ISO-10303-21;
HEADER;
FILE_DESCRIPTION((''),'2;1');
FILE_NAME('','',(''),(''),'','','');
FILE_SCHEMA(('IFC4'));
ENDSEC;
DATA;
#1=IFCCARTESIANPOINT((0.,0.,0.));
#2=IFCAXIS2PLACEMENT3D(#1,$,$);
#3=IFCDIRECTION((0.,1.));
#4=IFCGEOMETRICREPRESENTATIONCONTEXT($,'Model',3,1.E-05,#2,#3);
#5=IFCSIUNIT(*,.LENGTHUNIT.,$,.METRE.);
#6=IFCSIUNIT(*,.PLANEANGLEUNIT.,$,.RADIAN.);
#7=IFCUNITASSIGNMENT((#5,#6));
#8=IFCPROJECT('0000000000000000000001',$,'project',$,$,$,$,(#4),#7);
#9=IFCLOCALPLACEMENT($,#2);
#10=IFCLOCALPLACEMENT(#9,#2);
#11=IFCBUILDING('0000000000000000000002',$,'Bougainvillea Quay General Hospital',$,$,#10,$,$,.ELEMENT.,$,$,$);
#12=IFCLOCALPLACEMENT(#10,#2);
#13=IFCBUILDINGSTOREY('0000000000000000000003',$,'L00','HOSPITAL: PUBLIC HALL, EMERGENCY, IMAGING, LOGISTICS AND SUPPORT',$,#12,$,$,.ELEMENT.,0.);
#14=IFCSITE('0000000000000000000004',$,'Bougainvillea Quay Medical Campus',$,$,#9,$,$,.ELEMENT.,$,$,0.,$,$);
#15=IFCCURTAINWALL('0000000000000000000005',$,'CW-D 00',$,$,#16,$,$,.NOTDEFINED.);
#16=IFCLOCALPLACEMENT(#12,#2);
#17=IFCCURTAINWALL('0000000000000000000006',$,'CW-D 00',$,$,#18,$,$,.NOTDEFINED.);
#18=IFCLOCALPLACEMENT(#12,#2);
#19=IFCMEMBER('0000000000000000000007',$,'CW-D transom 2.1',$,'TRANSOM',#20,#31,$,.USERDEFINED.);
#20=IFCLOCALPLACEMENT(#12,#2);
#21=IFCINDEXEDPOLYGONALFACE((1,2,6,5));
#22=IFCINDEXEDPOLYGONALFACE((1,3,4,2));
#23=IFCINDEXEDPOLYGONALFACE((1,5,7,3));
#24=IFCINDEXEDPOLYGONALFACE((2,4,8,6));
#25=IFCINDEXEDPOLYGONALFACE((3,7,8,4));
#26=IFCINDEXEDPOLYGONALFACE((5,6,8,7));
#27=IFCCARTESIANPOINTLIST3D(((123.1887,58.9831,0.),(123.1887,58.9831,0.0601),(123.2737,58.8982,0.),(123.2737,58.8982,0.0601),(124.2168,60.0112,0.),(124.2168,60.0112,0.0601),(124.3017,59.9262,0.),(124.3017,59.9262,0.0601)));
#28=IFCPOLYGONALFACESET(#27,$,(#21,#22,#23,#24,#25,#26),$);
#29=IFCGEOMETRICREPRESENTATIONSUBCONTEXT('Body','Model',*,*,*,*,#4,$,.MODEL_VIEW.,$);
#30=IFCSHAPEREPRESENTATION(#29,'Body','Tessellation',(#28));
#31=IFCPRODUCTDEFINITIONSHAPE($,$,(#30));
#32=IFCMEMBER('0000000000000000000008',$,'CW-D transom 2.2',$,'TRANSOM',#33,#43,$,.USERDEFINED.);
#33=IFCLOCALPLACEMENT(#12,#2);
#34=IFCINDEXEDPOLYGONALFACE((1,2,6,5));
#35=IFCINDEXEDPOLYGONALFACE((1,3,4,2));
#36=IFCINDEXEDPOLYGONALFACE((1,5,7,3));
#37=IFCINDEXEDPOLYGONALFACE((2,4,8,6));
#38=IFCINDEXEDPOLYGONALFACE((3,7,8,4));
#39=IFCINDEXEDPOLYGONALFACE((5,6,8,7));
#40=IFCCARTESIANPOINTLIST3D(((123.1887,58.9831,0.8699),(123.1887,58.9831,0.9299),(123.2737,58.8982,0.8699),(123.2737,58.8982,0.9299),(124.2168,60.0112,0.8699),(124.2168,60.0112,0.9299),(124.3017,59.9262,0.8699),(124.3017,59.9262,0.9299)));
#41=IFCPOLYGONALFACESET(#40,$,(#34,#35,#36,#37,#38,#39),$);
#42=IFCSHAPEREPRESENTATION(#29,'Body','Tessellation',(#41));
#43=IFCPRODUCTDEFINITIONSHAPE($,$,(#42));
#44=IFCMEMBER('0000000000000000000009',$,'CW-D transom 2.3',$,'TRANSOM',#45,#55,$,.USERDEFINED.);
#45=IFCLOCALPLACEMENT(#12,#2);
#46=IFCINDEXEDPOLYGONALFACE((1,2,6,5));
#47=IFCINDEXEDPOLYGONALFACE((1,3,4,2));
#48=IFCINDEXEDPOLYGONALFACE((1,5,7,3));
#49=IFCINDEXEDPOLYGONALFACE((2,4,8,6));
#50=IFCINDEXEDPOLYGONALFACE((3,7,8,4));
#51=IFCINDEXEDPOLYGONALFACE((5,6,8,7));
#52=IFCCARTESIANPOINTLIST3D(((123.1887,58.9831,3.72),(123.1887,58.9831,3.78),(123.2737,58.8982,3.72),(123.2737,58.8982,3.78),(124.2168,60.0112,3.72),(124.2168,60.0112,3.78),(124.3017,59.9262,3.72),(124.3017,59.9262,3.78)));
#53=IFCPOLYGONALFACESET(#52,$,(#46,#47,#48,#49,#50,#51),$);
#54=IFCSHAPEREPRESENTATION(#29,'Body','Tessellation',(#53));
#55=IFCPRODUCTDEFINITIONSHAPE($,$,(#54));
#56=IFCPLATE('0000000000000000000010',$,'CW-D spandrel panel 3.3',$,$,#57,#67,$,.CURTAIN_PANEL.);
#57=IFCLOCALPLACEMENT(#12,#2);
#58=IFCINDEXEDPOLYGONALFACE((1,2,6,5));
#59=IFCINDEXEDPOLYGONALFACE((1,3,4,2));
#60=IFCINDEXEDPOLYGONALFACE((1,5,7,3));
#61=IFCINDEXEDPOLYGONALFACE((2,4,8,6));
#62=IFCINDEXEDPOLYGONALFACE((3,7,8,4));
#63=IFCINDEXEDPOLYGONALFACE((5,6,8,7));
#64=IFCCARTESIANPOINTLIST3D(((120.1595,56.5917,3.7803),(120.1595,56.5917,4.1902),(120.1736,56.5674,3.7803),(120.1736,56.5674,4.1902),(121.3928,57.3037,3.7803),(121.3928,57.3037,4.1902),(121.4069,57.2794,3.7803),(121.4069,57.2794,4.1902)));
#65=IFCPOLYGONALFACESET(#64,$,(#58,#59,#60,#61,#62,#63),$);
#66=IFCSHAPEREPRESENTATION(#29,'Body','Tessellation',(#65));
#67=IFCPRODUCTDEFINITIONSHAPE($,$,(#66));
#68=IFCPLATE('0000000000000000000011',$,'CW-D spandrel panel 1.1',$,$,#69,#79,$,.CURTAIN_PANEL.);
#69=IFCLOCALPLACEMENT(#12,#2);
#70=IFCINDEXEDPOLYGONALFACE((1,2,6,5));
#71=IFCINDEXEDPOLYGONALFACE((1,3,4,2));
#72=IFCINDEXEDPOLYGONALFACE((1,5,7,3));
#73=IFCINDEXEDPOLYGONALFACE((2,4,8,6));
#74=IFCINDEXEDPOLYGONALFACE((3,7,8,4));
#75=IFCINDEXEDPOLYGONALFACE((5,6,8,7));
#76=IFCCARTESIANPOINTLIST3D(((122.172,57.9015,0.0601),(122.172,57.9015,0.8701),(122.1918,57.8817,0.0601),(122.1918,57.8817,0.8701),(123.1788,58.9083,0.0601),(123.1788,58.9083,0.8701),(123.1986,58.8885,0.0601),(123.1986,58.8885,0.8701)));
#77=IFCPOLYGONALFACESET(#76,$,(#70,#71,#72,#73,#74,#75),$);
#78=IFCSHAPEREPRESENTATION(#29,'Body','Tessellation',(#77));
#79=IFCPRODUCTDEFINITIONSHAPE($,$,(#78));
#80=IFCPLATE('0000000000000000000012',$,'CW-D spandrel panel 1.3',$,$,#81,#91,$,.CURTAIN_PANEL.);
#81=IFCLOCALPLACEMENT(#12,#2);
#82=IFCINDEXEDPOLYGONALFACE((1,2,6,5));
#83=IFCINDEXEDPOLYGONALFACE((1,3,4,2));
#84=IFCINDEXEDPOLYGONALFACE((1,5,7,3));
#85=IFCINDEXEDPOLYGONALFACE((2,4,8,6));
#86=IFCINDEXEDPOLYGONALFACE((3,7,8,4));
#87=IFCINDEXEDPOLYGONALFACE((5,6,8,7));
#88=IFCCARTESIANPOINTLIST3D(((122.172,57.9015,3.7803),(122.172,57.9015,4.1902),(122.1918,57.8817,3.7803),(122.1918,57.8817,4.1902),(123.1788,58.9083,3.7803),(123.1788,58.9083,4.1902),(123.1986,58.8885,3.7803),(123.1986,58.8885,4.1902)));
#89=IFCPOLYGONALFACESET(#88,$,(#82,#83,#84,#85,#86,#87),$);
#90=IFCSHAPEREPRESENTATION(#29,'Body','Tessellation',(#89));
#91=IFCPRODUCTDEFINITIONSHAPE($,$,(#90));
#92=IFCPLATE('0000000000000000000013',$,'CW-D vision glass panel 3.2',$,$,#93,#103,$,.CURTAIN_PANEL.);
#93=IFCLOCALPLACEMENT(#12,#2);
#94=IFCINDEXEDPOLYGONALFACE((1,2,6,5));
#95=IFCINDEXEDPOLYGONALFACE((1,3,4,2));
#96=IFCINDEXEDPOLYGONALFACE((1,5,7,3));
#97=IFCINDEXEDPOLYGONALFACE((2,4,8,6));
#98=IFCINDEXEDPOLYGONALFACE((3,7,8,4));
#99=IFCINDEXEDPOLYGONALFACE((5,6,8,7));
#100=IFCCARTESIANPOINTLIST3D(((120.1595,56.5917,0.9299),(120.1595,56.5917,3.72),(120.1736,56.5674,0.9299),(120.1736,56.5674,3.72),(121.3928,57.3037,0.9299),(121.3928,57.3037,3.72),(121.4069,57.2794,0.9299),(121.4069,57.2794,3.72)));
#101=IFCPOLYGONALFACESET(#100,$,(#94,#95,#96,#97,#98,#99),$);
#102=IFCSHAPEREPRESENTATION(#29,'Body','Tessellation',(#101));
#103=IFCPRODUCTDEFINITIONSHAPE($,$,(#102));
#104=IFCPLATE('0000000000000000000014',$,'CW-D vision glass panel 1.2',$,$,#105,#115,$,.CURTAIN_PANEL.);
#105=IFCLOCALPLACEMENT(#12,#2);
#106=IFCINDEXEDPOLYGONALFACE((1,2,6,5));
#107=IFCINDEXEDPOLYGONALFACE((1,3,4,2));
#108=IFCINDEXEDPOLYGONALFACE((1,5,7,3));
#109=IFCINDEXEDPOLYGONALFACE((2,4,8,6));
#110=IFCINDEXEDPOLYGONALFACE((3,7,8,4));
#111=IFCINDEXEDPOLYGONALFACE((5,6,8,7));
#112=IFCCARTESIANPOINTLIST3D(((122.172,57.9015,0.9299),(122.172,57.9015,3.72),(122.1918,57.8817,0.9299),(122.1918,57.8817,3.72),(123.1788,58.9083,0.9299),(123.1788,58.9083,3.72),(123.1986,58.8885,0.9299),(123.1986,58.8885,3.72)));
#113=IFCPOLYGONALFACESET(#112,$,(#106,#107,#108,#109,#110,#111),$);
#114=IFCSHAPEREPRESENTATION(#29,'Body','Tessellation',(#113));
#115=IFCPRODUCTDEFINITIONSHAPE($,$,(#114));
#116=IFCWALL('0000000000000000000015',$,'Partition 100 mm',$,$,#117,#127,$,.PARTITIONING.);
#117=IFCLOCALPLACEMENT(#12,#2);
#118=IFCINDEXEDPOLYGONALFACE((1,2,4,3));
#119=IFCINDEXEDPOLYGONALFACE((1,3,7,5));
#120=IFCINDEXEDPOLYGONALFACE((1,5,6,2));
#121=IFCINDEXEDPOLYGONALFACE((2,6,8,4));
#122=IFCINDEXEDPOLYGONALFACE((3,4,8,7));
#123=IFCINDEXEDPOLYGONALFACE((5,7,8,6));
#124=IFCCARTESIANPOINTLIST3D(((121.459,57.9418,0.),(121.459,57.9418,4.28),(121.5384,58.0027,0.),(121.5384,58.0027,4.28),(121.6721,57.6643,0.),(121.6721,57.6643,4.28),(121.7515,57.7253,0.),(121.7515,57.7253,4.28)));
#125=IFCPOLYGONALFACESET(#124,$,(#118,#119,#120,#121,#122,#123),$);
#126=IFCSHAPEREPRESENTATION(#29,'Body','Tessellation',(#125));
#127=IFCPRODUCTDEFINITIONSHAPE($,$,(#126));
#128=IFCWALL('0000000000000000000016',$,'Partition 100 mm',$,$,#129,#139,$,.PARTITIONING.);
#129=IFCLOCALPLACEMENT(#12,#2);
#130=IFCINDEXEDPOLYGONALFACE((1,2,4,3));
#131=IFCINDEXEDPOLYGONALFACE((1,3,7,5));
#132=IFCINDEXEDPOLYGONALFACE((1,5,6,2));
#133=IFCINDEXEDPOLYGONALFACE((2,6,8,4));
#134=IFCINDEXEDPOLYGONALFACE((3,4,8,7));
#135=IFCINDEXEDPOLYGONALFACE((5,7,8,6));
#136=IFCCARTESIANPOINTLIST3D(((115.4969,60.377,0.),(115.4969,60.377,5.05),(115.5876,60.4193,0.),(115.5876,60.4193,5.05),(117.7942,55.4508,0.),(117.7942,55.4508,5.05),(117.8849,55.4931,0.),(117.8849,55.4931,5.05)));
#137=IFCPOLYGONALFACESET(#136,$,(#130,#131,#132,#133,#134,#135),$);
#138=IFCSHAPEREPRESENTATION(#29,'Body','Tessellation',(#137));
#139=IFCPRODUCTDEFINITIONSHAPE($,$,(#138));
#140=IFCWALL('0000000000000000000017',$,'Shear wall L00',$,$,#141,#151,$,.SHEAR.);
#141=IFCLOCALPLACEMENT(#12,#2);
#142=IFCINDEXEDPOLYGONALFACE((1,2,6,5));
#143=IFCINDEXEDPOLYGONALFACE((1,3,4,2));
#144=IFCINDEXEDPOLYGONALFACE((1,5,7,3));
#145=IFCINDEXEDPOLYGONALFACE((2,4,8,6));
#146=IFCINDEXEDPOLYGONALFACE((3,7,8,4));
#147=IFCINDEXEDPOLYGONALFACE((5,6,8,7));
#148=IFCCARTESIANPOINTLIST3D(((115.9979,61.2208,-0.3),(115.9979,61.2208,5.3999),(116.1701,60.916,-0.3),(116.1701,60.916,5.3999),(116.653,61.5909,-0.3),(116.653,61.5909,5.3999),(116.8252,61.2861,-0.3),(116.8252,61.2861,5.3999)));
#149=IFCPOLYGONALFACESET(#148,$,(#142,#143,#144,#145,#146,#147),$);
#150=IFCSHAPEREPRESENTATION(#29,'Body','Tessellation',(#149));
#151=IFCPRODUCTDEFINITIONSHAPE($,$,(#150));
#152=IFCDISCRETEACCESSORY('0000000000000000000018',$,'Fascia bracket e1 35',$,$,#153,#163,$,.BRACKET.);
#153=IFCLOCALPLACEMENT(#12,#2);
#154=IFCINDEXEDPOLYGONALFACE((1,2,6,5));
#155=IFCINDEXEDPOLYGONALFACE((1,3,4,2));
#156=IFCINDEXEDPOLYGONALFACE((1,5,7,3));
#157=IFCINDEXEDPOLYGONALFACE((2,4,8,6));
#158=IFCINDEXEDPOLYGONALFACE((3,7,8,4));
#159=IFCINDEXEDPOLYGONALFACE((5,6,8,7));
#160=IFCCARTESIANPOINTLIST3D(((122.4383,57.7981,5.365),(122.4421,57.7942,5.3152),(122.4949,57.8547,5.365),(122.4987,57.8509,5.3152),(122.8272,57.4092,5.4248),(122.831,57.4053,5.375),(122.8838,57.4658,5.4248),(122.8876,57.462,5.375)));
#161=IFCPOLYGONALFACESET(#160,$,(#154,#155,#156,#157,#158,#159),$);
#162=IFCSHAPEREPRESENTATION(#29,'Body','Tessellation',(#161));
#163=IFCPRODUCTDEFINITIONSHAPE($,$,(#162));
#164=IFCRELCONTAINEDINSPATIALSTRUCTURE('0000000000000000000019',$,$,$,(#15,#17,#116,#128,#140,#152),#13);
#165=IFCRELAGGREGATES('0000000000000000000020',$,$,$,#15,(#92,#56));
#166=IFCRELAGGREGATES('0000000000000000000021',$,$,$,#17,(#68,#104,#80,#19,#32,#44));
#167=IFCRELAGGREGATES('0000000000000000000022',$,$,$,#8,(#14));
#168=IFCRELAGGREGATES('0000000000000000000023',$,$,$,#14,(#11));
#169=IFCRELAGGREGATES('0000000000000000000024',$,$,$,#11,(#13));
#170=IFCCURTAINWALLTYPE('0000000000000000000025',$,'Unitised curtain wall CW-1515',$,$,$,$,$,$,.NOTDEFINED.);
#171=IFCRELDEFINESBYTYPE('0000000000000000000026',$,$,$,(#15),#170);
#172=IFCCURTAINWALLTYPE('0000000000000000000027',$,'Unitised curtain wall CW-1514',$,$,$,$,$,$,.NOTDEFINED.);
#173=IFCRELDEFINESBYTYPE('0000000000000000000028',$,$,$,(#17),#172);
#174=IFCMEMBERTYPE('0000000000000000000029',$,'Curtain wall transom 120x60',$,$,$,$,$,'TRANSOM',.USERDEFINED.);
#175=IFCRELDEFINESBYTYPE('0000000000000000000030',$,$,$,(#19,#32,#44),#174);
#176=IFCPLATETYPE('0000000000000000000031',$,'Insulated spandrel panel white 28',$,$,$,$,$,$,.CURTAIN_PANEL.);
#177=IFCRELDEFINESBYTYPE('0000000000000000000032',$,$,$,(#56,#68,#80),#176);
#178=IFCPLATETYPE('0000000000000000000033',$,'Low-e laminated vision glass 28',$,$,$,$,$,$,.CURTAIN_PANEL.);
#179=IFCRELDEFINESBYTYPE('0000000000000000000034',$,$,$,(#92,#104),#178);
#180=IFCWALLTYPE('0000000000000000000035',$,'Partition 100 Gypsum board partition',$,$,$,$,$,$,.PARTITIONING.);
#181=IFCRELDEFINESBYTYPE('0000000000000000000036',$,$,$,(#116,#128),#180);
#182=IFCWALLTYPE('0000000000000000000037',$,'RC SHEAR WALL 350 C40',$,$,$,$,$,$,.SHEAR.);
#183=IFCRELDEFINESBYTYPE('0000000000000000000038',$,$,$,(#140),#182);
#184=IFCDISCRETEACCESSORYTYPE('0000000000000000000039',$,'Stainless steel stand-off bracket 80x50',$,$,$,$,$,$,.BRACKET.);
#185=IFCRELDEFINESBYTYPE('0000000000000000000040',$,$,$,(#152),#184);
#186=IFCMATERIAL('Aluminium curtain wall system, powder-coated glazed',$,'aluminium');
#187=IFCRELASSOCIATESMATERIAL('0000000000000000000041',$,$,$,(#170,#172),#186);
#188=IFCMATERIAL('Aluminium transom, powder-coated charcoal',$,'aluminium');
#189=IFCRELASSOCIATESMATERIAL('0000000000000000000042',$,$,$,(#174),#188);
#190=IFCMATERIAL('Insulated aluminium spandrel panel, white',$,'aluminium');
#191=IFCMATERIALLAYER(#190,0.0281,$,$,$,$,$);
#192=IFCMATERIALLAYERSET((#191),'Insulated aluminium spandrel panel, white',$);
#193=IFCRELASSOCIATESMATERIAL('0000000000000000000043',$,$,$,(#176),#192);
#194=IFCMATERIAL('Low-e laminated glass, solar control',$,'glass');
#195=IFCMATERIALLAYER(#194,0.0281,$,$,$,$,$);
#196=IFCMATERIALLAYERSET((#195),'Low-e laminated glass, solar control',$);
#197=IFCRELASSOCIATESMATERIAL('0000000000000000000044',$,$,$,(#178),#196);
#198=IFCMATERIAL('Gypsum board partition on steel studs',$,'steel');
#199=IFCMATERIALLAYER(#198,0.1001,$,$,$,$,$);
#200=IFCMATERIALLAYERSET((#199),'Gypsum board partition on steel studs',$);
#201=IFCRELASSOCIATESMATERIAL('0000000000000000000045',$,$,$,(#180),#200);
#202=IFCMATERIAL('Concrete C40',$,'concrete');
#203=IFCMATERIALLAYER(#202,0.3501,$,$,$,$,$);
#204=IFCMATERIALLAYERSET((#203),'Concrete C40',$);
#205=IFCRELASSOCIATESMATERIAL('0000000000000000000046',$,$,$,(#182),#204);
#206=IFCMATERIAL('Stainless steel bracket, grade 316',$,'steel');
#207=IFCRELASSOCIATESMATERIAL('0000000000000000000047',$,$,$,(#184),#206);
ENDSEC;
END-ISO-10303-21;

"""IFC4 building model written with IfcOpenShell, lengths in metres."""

from ifc_helpers import new_model, si_unit, direction, frame, frame_2d, origin, origin_2d, place, context, subcontext, project, spatial, rectangle, extrude, material, layer, layer_set, material_profile, profile_set, type_object, element, aggregate, save


model = new_model("IFC4")

# Units and contexts
model_context = context("Model", 3, precision=1e-05, world=origin(), true_north=direction((0.0, 1.0)))
body_context = subcontext(model_context, "Body", "Model", "MODEL_VIEW")
ifc_project = project(units=[si_unit("LENGTHUNIT", "METRE"), si_unit("PLANEANGLEUNIT", "RADIAN")], contexts=[model_context])

# Site, building, storey
site_placement = place(None, origin())
site = spatial("IfcSite", under=ifc_project, at=site_placement, Name="Bougainvillea Quay Medical Campus", CompositionType="ELEMENT", RefElevation=0.0)
building_placement = place(site_placement, origin())
building = spatial("IfcBuilding", under=site, at=building_placement, Name="Bougainvillea Quay General Hospital", CompositionType="ELEMENT")
storey_placement = place(building_placement, origin())
storey = spatial("IfcBuildingStorey", under=building, at=storey_placement, Name="L00", Description="HOSPITAL: PUBLIC HALL, EMERGENCY, IMAGING, LOGISTICS AND SUPPORT", CompositionType="ELEMENT", Elevation=0.0)

# Shared definitions
ifc_material_1 = material(Name="Concrete C40", Category="concrete")

# Curtain wall
ifc_material_2 = material(Name="Aluminium curtain wall system, powder-coated glazed", Category="aluminium")
curtain_wall_type_1 = type_object("IfcCurtainWallType", Name="Unitised curtain wall CW-1515", PredefinedType="NOTDEFINED", material=ifc_material_2)
curtain_wall_1_placement = place(storey_placement, origin())
curtain_wall_1 = element("IfcCurtainWall", 1, at=curtain_wall_1_placement, inside=storey, type_object=curtain_wall_type_1, Name="CW-D 00", PredefinedType="NOTDEFINED")

# Curtain wall, members
curtain_wall_type_2 = type_object("IfcCurtainWallType", Name="Unitised curtain wall CW-1514", PredefinedType="NOTDEFINED", material=ifc_material_2)
curtain_wall_2_placement = place(storey_placement, origin())
curtain_wall_2 = element("IfcCurtainWall", 2, at=curtain_wall_2_placement, inside=storey, type_object=curtain_wall_type_2, Name="CW-D 00", PredefinedType="NOTDEFINED")
ifc_material_3 = material(Name="Aluminium transom, powder-coated charcoal", Category="aluminium")
ifc_material_profile_1 = material_profile(ifc_material_3, rectangle(XDim=0.1201, YDim=0.0601, at=origin_2d()))
ifc_profile_set_1 = profile_set([ifc_material_profile_1], Name="Aluminium transom, powder-coated charcoal")
member_type_1 = type_object("IfcMemberType", Name="Curtain wall transom 120x60", ElementType="TRANSOM", PredefinedType="USERDEFINED", material=ifc_profile_set_1)
member_1_placement = place(storey_placement, frame((123.2312, 58.9407, 0.03), z_axis=(0.707107, 0.707107, 0.0), x_axis=(-0.707107, 0.707107, 0.0)))
member_1 = element("IfcMember", 3, at=member_1_placement, type_object=member_type_1, Name="CW-D transom 2.1", ObjectType="TRANSOM", PredefinedType="USERDEFINED", context=body_context, shape_type="SweptSolid", body=[
    extrude(rectangle(XDim=0.1201, YDim=0.0601, at=origin_2d()), origin(), (0.0, 0.0, 1.0), 1.4539),
])
member_2_placement = place(storey_placement, frame((123.2312, 58.9407, 0.8999), z_axis=(0.707107, 0.707107, 0.0), x_axis=(-0.707107, 0.707107, 0.0)))
member_2 = element("IfcMember", 4, at=member_2_placement, type_object=member_type_1, Name="CW-D transom 2.2", ObjectType="TRANSOM", PredefinedType="USERDEFINED", context=body_context, shape_type="SweptSolid", body=[
    extrude(rectangle(XDim=0.1201, YDim=0.0601, at=origin_2d()), origin(), (0.0, 0.0, 1.0), 1.4539),
])
member_3_placement = place(storey_placement, frame((123.2312, 58.9407, 3.75), z_axis=(0.707107, 0.707107, 0.0), x_axis=(-0.707107, 0.707107, 0.0)))
member_3 = element("IfcMember", 5, at=member_3_placement, type_object=member_type_1, Name="CW-D transom 2.3", ObjectType="TRANSOM", PredefinedType="USERDEFINED", context=body_context, shape_type="SweptSolid", body=[
    extrude(rectangle(XDim=0.1201, YDim=0.0601, at=origin_2d()), origin(), (0.0, 0.0, 1.0), 1.4539),
])

# Plates
ifc_material_4 = material(Name="Insulated aluminium spandrel panel, white", Category="aluminium")
ifc_layer_1 = layer(ifc_material_4, 0.0281)
ifc_layer_set_1 = layer_set([ifc_layer_1], Name="Insulated aluminium spandrel panel, white")
plate_type_1 = type_object("IfcPlateType", Name="Insulated spandrel panel white 28", PredefinedType="CURTAIN_PANEL", material=ifc_layer_set_1)
plate_1_placement = place(storey_placement, frame((120.7832, 56.9355, 3.7803), z_axis=(0.0, 0.0, 1.0), x_axis=(0.866046, 0.499965, 0.0)))
plate_1 = element("IfcPlate", 6, at=plate_1_placement, type_object=plate_type_1, Name="CW-D spandrel panel 3.3", PredefinedType="CURTAIN_PANEL", context=body_context, shape_type="SweptSolid", body=[
    extrude(rectangle(XDim=1.4241, YDim=0.0281, at=origin_2d()), origin(), (0.0, 0.0, 1.0), 0.4099),
])
plate_2_placement = place(storey_placement, frame((122.6853, 58.395, 0.0601), z_axis=(0.0, 0.0, 1.0), x_axis=(0.707107, 0.707107, 0.0)))
plate_2 = element("IfcPlate", 7, at=plate_2_placement, type_object=plate_type_1, Name="CW-D spandrel panel 1.1", PredefinedType="CURTAIN_PANEL", context=body_context, shape_type="SweptSolid", body=[
    extrude(rectangle(XDim=1.4238, YDim=0.0281, at=origin_2d()), origin(), (0.0, 0.0, 1.0), 0.8101),
])
plate_3_placement = place(storey_placement, frame((122.6853, 58.395, 3.7803), z_axis=(0.0, 0.0, 1.0), x_axis=(0.707107, 0.707107, 0.0)))
plate_3 = element("IfcPlate", 8, at=plate_3_placement, type_object=plate_type_1, Name="CW-D spandrel panel 1.3", PredefinedType="CURTAIN_PANEL", context=body_context, shape_type="SweptSolid", body=[
    extrude(rectangle(XDim=1.4238, YDim=0.0281, at=origin_2d()), origin(), (0.0, 0.0, 1.0), 0.4099),
])
ifc_material_5 = material(Name="Low-e laminated glass, solar control", Category="glass")
ifc_layer_2 = layer(ifc_material_5, 0.0281)
ifc_layer_set_2 = layer_set([ifc_layer_2], Name="Low-e laminated glass, solar control")
plate_type_2 = type_object("IfcPlateType", Name="Low-e laminated vision glass 28", PredefinedType="CURTAIN_PANEL", material=ifc_layer_set_2)
plate_4_placement = place(storey_placement, frame((120.7832, 56.9355, 0.9299), z_axis=(0.0, 0.0, 1.0), x_axis=(0.866046, 0.499965, 0.0)))
plate_4 = element("IfcPlate", 9, at=plate_4_placement, type_object=plate_type_2, Name="CW-D vision glass panel 3.2", PredefinedType="CURTAIN_PANEL", context=body_context, shape_type="SweptSolid", body=[
    extrude(rectangle(XDim=1.4241, YDim=0.0281, at=origin_2d()), origin(), (0.0, 0.0, 1.0), 2.79),
])
aggregate(curtain_wall_1, [plate_4, plate_1])
plate_5_placement = place(storey_placement, frame((122.6853, 58.395, 0.9299), z_axis=(0.0, 0.0, 1.0), x_axis=(0.707107, 0.707107, 0.0)))
plate_5 = element("IfcPlate", 10, at=plate_5_placement, type_object=plate_type_2, Name="CW-D vision glass panel 1.2", PredefinedType="CURTAIN_PANEL", context=body_context, shape_type="SweptSolid", body=[
    extrude(rectangle(XDim=1.4238, YDim=0.0281, at=origin_2d()), origin(), (0.0, 0.0, 1.0), 2.79),
])
aggregate(curtain_wall_2, [plate_2, plate_5, plate_3, member_1, member_2, member_3])

# Walls
ifc_material_6 = material(Name="Gypsum board partition on steel studs", Category="steel")
ifc_layer_3 = layer(ifc_material_6, 0.1001)
ifc_layer_set_3 = layer_set([ifc_layer_3], Name="Gypsum board partition on steel studs")
wall_type_1 = type_object("IfcWallType", Name="Partition 100 Gypsum board partition", PredefinedType="PARTITIONING", material=ifc_layer_set_3)
wall_1_placement = place(storey_placement, frame((121.4988, 57.9722, 0.0), z_axis=(0.0, 0.0, 1.0), x_axis=(0.609003, -0.793168, 0.0)))
element("IfcWall", 11, at=wall_1_placement, inside=storey, type_object=wall_type_1, Name="Partition 100 mm", PredefinedType="PARTITIONING", context=body_context, shape_type="SweptSolid", body=[
    extrude(rectangle(XDim=0.3499, YDim=0.1001, at=frame_2d((0.1748, 0.0))), origin(), (0.0, 0.0, 1.0), 4.28),
])
wall_2_placement = place(storey_placement, frame((115.5422, 60.3982, 0.0), z_axis=(0.0, 0.0, 1.0), x_axis=(0.422649, -0.906293, 0.0)))
element("IfcWall", 12, at=wall_2_placement, inside=storey, type_object=wall_type_1, Name="Partition 100 mm", PredefinedType="PARTITIONING", context=body_context, shape_type="SweptSolid", body=[
    extrude(rectangle(XDim=5.4355, YDim=0.1001, at=frame_2d((2.7178, 0.0))), origin(), (0.0, 0.0, 1.0), 5.05),
])
ifc_layer_4 = layer(ifc_material_1, 0.3501)
ifc_layer_set_4 = layer_set([ifc_layer_4], Name="Concrete C40")
wall_type_2 = type_object("IfcWallType", Name="RC SHEAR WALL 350 C40", PredefinedType="SHEAR", material=ifc_layer_set_4)
wall_3_placement = place(storey_placement, frame((116.084, 61.0684, -0.3), z_axis=(0.0, 0.0, 1.0), x_axis=(0.870629, 0.49194, 0.0)))
element("IfcWall", 13, at=wall_3_placement, inside=storey, type_object=wall_type_2, Name="Shear wall L00", PredefinedType="SHEAR", context=body_context, shape_type="SweptSolid", body=[
    extrude(rectangle(XDim=0.7524, YDim=0.3501, at=frame_2d((0.3762, 0.0))), origin(), (0.0, 0.0, 1.0), 5.7),
])

# Discrete accessory
ifc_material_7 = material(Name="Stainless steel bracket, grade 316", Category="steel")
ifc_material_profile_2 = material_profile(ifc_material_7, rectangle(XDim=0.0801, YDim=0.05, at=origin_2d()))
ifc_profile_set_2 = profile_set([ifc_material_profile_2], Name="Stainless steel bracket, grade 316")
discrete_accessory_type = type_object("IfcDiscreteAccessoryType", Name="Stainless steel stand-off bracket 80x50", PredefinedType="BRACKET", material=ifc_profile_set_2)
discrete_accessory_placement = place(storey_placement, frame((122.4685, 57.8245, 5.3401), z_axis=(0.702962, -0.702962, 0.108114), x_axis=(0.707107, 0.707107, 0.0)))
element("IfcDiscreteAccessory", 14, at=discrete_accessory_placement, inside=storey, type_object=discrete_accessory_type, Name="Fascia bracket e1 35", PredefinedType="BRACKET", context=body_context, shape_type="SweptSolid", body=[
    extrude(rectangle(XDim=0.0801, YDim=0.05, at=origin_2d()), origin(), (0.0, 0.0, 1.0), 0.5532),
])

save(model, "model.ifc")
